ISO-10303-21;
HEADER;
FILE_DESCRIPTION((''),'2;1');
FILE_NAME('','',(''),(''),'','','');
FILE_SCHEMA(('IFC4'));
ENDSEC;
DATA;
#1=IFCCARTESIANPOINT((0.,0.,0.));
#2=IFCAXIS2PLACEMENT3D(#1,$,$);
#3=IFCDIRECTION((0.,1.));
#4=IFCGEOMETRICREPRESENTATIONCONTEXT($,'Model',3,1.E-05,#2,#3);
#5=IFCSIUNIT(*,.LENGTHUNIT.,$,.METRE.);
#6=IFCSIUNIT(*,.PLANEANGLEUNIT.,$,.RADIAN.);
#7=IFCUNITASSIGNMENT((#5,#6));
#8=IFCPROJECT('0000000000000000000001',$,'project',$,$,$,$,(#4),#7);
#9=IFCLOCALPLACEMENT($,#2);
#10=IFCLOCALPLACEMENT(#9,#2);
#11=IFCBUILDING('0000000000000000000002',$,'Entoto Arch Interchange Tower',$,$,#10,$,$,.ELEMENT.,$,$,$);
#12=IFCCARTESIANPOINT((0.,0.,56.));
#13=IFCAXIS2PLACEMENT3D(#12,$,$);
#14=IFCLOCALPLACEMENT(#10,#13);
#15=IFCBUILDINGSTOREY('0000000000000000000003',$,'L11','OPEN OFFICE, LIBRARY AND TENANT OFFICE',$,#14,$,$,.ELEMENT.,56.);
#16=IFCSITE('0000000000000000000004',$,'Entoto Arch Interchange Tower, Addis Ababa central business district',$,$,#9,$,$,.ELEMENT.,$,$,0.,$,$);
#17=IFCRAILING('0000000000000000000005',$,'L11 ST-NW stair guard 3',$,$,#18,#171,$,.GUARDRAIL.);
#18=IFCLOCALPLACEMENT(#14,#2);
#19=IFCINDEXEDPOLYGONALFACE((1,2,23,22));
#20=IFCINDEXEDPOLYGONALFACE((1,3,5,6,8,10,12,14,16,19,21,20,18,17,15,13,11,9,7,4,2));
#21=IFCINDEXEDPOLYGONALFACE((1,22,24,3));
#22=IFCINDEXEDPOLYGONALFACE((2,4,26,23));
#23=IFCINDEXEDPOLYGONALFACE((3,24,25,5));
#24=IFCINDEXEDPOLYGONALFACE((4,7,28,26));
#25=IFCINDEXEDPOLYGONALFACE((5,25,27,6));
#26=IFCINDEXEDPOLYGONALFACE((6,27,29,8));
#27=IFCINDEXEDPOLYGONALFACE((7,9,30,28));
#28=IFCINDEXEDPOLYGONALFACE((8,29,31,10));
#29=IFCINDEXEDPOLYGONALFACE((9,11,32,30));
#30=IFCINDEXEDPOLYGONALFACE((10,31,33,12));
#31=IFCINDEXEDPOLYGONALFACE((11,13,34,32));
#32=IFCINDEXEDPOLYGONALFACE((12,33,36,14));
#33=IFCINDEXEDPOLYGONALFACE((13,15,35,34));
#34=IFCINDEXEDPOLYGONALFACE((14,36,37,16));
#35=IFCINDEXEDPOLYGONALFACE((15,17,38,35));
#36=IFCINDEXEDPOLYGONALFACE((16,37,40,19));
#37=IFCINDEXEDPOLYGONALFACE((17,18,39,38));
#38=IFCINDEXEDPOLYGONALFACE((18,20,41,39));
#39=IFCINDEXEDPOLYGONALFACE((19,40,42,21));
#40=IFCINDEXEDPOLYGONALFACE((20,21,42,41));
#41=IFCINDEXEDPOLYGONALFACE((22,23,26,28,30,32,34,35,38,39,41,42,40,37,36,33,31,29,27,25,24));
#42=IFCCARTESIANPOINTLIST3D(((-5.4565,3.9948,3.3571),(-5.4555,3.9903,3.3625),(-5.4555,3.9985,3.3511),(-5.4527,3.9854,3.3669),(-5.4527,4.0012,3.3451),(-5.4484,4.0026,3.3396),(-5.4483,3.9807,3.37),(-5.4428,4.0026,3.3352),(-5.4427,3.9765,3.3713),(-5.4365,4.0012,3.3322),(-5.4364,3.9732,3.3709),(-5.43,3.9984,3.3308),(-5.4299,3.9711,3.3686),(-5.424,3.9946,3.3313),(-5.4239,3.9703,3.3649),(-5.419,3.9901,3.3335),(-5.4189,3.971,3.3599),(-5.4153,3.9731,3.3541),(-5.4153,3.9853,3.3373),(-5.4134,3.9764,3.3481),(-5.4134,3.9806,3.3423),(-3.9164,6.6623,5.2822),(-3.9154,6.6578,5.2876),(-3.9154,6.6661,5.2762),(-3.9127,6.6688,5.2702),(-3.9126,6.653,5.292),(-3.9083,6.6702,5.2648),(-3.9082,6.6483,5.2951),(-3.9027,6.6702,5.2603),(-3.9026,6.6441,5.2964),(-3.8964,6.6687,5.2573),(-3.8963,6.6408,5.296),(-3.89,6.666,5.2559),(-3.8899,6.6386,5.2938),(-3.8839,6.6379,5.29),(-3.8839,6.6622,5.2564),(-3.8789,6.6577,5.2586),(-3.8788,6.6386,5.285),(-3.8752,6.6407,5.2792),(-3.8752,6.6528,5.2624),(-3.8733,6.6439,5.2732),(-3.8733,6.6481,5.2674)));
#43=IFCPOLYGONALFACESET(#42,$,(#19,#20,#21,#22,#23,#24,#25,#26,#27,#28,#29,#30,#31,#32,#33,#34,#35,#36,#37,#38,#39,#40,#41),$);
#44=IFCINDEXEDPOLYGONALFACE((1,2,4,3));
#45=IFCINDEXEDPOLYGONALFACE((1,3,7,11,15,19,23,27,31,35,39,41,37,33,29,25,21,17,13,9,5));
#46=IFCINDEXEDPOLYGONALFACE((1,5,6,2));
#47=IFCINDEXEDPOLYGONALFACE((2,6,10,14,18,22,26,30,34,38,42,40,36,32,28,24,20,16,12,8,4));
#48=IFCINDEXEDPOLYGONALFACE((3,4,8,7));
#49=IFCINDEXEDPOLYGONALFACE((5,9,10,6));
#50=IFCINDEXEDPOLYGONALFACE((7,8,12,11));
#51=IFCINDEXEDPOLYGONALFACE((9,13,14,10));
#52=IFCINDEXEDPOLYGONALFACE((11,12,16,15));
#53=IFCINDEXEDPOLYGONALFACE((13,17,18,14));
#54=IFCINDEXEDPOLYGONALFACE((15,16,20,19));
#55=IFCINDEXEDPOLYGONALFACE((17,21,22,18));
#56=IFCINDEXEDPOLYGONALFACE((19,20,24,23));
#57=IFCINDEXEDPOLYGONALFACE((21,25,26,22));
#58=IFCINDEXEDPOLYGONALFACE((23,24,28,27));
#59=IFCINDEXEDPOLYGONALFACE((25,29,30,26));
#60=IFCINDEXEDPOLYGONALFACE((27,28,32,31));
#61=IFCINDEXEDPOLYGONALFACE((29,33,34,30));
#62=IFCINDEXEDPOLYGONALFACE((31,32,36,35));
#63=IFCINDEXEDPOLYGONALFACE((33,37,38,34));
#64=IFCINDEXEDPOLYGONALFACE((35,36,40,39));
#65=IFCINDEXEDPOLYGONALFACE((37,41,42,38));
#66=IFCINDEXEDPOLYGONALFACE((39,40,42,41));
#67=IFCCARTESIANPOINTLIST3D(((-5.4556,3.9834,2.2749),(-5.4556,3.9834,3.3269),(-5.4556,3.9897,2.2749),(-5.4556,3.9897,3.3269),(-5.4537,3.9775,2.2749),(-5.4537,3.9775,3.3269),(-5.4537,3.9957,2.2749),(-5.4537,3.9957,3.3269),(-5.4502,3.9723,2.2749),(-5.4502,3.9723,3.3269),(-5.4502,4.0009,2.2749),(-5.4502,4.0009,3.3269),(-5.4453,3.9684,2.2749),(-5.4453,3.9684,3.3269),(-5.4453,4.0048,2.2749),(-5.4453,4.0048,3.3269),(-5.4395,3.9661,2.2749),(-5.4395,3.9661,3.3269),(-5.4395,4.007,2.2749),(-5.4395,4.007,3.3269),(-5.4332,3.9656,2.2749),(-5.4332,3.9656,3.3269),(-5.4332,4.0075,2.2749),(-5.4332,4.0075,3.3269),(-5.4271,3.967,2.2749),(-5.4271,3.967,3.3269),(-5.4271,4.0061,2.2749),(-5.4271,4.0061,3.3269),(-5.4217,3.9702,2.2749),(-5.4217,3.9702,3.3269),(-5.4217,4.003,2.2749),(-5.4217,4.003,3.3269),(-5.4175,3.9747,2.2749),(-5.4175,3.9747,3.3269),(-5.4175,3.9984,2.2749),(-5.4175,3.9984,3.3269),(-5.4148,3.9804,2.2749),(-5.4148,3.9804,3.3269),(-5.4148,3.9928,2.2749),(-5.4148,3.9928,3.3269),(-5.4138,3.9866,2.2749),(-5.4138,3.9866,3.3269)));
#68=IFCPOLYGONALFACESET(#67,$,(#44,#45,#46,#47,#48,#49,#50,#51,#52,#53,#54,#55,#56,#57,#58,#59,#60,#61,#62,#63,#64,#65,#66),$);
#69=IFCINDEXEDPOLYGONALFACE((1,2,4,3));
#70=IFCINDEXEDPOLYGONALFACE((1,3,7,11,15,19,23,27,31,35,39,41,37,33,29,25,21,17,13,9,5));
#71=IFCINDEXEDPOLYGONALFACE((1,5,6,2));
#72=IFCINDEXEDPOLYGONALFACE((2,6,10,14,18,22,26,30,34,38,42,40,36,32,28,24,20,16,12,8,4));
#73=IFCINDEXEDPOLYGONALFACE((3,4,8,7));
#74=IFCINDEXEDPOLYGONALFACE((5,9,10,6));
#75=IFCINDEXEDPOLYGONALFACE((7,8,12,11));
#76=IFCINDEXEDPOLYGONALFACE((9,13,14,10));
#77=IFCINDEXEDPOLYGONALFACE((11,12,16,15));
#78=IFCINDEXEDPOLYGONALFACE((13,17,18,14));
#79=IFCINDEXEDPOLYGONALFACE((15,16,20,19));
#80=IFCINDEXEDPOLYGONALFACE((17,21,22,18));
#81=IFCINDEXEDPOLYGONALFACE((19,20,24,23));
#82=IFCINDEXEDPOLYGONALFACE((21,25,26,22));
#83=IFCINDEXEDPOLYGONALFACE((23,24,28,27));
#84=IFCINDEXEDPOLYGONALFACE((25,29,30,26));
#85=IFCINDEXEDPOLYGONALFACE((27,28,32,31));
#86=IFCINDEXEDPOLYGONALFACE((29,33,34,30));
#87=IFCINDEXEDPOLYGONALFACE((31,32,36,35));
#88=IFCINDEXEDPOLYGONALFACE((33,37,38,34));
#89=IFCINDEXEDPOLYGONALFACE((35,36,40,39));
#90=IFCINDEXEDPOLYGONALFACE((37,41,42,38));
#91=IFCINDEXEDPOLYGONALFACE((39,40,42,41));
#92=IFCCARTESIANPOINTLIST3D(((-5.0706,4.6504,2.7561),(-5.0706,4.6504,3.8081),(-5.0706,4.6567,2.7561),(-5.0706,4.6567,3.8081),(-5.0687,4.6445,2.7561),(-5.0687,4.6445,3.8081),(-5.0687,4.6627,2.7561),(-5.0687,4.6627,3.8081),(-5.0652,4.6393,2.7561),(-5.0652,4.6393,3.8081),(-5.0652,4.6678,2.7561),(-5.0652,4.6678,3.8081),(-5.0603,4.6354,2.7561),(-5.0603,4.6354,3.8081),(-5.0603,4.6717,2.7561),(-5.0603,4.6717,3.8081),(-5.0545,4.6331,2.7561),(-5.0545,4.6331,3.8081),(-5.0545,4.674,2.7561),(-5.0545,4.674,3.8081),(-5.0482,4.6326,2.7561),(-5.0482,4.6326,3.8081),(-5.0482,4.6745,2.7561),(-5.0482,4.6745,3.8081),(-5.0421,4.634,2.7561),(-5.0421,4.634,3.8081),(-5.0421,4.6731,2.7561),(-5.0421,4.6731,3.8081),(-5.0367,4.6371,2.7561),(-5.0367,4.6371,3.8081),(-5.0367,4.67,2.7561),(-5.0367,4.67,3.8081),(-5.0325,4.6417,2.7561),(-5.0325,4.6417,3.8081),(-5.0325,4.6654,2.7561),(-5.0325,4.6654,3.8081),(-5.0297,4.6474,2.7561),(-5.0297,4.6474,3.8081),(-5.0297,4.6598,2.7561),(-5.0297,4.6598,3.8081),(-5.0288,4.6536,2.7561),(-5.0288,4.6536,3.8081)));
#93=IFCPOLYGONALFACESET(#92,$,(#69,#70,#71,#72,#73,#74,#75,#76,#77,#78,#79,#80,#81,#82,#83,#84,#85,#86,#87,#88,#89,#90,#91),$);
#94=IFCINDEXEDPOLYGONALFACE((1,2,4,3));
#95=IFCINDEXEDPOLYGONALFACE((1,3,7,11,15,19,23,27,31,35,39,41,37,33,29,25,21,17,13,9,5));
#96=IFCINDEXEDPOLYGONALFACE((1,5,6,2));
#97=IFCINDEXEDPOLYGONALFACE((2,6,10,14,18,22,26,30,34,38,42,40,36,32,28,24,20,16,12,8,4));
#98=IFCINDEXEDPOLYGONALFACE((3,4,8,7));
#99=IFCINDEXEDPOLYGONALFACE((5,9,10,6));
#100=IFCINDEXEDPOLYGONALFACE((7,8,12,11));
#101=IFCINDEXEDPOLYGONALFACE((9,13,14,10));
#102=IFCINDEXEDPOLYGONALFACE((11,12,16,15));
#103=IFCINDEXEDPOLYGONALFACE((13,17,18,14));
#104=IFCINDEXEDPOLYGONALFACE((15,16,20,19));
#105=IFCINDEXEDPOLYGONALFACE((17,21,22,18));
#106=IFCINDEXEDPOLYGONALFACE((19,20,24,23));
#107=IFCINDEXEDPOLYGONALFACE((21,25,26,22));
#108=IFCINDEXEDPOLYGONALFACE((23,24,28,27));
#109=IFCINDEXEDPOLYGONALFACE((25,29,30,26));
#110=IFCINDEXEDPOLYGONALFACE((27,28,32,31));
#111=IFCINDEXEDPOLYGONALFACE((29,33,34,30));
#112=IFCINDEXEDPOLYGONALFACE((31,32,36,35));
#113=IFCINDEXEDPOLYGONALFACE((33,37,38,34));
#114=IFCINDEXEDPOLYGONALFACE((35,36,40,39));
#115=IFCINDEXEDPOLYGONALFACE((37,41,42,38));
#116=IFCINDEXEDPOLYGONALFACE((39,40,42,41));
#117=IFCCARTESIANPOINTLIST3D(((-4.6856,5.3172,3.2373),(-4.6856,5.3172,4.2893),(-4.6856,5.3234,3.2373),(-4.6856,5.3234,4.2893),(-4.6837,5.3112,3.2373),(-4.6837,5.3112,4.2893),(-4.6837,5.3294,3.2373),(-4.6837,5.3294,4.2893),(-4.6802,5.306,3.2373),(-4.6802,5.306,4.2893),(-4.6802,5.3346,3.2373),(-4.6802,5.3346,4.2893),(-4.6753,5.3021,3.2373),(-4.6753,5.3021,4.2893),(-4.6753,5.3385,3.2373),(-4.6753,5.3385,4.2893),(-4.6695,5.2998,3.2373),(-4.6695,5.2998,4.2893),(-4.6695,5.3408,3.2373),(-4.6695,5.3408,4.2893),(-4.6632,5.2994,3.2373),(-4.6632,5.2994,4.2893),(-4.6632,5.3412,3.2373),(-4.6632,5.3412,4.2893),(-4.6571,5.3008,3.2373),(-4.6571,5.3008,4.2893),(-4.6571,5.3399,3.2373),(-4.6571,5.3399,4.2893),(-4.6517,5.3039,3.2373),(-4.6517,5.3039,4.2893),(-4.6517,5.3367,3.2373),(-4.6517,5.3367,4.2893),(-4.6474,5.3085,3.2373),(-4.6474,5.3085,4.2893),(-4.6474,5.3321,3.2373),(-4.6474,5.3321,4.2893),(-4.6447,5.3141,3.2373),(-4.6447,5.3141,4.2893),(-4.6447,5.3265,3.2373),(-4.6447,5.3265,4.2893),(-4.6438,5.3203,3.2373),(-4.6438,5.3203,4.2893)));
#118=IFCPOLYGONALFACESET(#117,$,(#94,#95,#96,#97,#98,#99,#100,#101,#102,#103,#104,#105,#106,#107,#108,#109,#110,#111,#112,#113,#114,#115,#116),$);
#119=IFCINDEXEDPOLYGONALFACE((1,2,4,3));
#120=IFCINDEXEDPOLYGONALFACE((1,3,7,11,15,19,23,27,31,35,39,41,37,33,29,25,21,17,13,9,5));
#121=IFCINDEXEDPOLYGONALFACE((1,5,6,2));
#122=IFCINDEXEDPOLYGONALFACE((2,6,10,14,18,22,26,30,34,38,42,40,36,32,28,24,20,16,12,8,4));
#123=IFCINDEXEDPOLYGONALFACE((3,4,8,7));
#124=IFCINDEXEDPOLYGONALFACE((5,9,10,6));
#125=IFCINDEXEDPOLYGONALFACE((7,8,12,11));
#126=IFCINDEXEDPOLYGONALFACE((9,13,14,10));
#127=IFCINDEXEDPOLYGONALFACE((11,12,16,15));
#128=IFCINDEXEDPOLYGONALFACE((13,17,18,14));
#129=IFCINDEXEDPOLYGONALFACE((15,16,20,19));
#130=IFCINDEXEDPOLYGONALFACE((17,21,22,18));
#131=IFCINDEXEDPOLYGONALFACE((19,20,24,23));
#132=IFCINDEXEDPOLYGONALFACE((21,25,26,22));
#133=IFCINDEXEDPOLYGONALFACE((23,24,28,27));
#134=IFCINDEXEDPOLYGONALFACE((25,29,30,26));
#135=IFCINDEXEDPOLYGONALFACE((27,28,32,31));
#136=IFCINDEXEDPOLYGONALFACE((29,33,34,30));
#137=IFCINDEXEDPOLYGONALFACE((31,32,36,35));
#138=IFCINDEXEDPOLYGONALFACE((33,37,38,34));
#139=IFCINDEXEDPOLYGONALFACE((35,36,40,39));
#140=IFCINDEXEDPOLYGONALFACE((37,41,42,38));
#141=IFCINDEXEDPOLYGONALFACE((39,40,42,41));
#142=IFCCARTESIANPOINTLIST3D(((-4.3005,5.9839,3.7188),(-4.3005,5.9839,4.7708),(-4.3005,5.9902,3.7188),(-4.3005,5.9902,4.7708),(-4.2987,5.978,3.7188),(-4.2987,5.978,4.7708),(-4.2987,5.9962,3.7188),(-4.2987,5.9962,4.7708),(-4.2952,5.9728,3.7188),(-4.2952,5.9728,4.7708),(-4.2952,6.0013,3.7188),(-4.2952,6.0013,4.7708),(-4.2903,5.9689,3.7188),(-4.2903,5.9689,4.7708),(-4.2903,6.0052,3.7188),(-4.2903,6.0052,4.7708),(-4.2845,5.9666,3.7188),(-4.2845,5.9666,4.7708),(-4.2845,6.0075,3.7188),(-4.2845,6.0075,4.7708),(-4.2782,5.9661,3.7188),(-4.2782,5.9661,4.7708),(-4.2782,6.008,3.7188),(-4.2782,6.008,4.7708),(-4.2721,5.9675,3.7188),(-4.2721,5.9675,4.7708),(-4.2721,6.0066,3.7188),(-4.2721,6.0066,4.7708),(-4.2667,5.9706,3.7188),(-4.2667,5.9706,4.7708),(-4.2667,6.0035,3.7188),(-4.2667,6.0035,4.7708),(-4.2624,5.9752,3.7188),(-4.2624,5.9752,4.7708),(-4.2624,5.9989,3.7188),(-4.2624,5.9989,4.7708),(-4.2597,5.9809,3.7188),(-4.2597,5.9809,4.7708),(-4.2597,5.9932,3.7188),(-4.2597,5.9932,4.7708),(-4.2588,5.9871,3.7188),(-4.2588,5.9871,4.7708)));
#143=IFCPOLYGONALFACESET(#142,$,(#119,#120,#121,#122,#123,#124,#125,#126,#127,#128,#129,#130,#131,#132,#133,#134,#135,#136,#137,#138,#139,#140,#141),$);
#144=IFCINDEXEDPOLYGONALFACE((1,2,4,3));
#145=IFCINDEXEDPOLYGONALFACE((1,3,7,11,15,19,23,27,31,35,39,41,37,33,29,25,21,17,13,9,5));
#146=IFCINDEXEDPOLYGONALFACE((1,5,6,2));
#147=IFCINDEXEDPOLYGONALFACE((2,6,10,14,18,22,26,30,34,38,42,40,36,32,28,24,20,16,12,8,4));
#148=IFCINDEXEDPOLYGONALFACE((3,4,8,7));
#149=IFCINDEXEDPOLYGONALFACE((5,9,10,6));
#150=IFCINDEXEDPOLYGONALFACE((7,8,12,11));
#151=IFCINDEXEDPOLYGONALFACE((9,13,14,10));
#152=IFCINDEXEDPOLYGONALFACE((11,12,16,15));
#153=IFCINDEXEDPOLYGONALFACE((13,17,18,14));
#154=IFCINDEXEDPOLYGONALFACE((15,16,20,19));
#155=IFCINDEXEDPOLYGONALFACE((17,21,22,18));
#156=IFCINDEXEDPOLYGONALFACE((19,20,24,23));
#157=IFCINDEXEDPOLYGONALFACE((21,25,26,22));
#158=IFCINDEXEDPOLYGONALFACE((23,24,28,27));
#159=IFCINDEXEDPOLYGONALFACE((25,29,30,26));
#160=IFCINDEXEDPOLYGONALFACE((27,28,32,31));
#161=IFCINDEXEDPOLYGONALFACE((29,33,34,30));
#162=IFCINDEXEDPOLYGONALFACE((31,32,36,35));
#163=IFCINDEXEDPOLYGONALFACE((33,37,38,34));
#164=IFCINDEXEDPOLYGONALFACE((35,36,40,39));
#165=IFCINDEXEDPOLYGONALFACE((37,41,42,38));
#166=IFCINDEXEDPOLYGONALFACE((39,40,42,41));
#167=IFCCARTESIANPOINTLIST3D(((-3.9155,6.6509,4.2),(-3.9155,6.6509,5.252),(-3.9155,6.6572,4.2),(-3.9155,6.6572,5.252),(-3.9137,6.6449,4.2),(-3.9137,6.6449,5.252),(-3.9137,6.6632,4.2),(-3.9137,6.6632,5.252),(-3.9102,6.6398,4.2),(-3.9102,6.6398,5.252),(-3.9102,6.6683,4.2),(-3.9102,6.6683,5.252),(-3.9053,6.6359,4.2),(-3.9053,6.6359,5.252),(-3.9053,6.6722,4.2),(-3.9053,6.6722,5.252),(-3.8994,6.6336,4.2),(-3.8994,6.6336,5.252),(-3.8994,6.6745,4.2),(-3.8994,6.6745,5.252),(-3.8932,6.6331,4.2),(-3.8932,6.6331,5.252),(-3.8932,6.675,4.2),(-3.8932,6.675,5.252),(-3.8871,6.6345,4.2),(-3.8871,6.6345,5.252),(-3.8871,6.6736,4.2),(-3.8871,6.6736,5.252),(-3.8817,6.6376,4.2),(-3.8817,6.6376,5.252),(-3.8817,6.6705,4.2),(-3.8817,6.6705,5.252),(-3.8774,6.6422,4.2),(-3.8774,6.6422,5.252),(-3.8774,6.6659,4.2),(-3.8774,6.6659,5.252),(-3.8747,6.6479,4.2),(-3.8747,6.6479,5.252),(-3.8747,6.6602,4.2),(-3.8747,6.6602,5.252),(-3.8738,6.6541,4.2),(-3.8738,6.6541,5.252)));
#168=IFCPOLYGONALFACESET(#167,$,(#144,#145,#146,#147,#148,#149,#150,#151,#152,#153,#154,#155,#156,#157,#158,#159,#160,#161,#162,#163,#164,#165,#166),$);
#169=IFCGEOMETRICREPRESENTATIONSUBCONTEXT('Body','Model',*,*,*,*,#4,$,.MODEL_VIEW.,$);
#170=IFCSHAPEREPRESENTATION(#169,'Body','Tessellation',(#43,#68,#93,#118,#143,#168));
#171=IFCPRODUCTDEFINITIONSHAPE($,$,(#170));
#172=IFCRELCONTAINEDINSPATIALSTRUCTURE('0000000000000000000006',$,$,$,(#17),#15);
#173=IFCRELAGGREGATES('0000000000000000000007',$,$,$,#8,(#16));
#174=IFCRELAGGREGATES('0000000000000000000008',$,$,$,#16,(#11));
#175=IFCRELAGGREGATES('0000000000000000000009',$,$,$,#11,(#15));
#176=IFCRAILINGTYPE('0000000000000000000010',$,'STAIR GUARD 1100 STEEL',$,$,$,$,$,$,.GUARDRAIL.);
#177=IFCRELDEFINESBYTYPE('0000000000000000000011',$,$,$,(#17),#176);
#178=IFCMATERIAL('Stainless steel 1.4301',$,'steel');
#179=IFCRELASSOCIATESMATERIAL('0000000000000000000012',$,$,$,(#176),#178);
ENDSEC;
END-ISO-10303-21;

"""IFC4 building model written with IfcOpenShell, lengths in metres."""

from ifc_helpers import new_model, si_unit, direction, frame, origin, origin_2d, place, context, subcontext, project, spatial, circle, extrude, material, type_object, element, save


model = new_model("IFC4")

# Units and contexts
model_context = context("Model", 3, precision=1e-05, world=origin(), true_north=direction((0.0, 1.0)))
body_context = subcontext(model_context, "Body", "Model", "MODEL_VIEW")
ifc_project = project(units=[si_unit("LENGTHUNIT", "METRE"), si_unit("PLANEANGLEUNIT", "RADIAN")], contexts=[model_context])

# Site, building, storey
site_placement = place(None, origin())
site = spatial("IfcSite", under=ifc_project, at=site_placement, Name="Entoto Arch Interchange Tower, Addis Ababa central business district", CompositionType="ELEMENT", RefElevation=0.0)
building_placement = place(site_placement, origin())
building = spatial("IfcBuilding", under=site, at=building_placement, Name="Entoto Arch Interchange Tower", CompositionType="ELEMENT")
storey_placement = place(building_placement, frame((0.0, 0.0, 56.0)))
storey = spatial("IfcBuildingStorey", under=building, at=storey_placement, Name="L11", Description="OPEN OFFICE, LIBRARY AND TENANT OFFICE", CompositionType="ELEMENT", Elevation=56.0)

# Railing
ifc_material_1 = material(Name="Stainless steel 1.4301", Category="steel")
railing_type_1 = type_object("IfcRailingType", Name="STAIR GUARD 1100 STEEL", PredefinedType="GUARDRAIL", material=ifc_material_1)
railing_1_placement = place(storey_placement, frame((-5.4348, 3.9866, 2.2749)))
element("IfcRailing", 1, at=railing_1_placement, inside=storey, type_object=railing_type_1, Name="L11 ST-NW stair guard 3", PredefinedType="GUARDRAIL", context=body_context, shape_type="SweptSolid", body=[
    extrude(circle(Radius=0.0239, at=origin_2d()), frame((0.0, 0.0, 1.0762), z_axis=(0.423994, 0.734395, 0.529993), x_axis=(-0.86603, 0.499992, 0.0)), (0.0, 0.0, 1.0), 3.6323),
    extrude(circle(Radius=0.021, at=origin_2d()), origin(), (0.0, 0.0, 1.0), 1.052),
    extrude(circle(Radius=0.021, at=origin_2d()), frame((0.385, 0.667, 0.4812)), (0.0, 0.0, 1.0), 1.052),
    extrude(circle(Radius=0.021, at=origin_2d()), frame((0.77, 1.3337, 0.9624)), (0.0, 0.0, 1.0), 1.052),
    extrude(circle(Radius=0.021, at=origin_2d()), frame((1.155, 2.0005, 1.4438)), (0.0, 0.0, 1.0), 1.052),
    extrude(circle(Radius=0.021, at=origin_2d()), frame((1.54, 2.6675, 1.925)), (0.0, 0.0, 1.0), 1.052),
])

save(model, "model.ifc")
